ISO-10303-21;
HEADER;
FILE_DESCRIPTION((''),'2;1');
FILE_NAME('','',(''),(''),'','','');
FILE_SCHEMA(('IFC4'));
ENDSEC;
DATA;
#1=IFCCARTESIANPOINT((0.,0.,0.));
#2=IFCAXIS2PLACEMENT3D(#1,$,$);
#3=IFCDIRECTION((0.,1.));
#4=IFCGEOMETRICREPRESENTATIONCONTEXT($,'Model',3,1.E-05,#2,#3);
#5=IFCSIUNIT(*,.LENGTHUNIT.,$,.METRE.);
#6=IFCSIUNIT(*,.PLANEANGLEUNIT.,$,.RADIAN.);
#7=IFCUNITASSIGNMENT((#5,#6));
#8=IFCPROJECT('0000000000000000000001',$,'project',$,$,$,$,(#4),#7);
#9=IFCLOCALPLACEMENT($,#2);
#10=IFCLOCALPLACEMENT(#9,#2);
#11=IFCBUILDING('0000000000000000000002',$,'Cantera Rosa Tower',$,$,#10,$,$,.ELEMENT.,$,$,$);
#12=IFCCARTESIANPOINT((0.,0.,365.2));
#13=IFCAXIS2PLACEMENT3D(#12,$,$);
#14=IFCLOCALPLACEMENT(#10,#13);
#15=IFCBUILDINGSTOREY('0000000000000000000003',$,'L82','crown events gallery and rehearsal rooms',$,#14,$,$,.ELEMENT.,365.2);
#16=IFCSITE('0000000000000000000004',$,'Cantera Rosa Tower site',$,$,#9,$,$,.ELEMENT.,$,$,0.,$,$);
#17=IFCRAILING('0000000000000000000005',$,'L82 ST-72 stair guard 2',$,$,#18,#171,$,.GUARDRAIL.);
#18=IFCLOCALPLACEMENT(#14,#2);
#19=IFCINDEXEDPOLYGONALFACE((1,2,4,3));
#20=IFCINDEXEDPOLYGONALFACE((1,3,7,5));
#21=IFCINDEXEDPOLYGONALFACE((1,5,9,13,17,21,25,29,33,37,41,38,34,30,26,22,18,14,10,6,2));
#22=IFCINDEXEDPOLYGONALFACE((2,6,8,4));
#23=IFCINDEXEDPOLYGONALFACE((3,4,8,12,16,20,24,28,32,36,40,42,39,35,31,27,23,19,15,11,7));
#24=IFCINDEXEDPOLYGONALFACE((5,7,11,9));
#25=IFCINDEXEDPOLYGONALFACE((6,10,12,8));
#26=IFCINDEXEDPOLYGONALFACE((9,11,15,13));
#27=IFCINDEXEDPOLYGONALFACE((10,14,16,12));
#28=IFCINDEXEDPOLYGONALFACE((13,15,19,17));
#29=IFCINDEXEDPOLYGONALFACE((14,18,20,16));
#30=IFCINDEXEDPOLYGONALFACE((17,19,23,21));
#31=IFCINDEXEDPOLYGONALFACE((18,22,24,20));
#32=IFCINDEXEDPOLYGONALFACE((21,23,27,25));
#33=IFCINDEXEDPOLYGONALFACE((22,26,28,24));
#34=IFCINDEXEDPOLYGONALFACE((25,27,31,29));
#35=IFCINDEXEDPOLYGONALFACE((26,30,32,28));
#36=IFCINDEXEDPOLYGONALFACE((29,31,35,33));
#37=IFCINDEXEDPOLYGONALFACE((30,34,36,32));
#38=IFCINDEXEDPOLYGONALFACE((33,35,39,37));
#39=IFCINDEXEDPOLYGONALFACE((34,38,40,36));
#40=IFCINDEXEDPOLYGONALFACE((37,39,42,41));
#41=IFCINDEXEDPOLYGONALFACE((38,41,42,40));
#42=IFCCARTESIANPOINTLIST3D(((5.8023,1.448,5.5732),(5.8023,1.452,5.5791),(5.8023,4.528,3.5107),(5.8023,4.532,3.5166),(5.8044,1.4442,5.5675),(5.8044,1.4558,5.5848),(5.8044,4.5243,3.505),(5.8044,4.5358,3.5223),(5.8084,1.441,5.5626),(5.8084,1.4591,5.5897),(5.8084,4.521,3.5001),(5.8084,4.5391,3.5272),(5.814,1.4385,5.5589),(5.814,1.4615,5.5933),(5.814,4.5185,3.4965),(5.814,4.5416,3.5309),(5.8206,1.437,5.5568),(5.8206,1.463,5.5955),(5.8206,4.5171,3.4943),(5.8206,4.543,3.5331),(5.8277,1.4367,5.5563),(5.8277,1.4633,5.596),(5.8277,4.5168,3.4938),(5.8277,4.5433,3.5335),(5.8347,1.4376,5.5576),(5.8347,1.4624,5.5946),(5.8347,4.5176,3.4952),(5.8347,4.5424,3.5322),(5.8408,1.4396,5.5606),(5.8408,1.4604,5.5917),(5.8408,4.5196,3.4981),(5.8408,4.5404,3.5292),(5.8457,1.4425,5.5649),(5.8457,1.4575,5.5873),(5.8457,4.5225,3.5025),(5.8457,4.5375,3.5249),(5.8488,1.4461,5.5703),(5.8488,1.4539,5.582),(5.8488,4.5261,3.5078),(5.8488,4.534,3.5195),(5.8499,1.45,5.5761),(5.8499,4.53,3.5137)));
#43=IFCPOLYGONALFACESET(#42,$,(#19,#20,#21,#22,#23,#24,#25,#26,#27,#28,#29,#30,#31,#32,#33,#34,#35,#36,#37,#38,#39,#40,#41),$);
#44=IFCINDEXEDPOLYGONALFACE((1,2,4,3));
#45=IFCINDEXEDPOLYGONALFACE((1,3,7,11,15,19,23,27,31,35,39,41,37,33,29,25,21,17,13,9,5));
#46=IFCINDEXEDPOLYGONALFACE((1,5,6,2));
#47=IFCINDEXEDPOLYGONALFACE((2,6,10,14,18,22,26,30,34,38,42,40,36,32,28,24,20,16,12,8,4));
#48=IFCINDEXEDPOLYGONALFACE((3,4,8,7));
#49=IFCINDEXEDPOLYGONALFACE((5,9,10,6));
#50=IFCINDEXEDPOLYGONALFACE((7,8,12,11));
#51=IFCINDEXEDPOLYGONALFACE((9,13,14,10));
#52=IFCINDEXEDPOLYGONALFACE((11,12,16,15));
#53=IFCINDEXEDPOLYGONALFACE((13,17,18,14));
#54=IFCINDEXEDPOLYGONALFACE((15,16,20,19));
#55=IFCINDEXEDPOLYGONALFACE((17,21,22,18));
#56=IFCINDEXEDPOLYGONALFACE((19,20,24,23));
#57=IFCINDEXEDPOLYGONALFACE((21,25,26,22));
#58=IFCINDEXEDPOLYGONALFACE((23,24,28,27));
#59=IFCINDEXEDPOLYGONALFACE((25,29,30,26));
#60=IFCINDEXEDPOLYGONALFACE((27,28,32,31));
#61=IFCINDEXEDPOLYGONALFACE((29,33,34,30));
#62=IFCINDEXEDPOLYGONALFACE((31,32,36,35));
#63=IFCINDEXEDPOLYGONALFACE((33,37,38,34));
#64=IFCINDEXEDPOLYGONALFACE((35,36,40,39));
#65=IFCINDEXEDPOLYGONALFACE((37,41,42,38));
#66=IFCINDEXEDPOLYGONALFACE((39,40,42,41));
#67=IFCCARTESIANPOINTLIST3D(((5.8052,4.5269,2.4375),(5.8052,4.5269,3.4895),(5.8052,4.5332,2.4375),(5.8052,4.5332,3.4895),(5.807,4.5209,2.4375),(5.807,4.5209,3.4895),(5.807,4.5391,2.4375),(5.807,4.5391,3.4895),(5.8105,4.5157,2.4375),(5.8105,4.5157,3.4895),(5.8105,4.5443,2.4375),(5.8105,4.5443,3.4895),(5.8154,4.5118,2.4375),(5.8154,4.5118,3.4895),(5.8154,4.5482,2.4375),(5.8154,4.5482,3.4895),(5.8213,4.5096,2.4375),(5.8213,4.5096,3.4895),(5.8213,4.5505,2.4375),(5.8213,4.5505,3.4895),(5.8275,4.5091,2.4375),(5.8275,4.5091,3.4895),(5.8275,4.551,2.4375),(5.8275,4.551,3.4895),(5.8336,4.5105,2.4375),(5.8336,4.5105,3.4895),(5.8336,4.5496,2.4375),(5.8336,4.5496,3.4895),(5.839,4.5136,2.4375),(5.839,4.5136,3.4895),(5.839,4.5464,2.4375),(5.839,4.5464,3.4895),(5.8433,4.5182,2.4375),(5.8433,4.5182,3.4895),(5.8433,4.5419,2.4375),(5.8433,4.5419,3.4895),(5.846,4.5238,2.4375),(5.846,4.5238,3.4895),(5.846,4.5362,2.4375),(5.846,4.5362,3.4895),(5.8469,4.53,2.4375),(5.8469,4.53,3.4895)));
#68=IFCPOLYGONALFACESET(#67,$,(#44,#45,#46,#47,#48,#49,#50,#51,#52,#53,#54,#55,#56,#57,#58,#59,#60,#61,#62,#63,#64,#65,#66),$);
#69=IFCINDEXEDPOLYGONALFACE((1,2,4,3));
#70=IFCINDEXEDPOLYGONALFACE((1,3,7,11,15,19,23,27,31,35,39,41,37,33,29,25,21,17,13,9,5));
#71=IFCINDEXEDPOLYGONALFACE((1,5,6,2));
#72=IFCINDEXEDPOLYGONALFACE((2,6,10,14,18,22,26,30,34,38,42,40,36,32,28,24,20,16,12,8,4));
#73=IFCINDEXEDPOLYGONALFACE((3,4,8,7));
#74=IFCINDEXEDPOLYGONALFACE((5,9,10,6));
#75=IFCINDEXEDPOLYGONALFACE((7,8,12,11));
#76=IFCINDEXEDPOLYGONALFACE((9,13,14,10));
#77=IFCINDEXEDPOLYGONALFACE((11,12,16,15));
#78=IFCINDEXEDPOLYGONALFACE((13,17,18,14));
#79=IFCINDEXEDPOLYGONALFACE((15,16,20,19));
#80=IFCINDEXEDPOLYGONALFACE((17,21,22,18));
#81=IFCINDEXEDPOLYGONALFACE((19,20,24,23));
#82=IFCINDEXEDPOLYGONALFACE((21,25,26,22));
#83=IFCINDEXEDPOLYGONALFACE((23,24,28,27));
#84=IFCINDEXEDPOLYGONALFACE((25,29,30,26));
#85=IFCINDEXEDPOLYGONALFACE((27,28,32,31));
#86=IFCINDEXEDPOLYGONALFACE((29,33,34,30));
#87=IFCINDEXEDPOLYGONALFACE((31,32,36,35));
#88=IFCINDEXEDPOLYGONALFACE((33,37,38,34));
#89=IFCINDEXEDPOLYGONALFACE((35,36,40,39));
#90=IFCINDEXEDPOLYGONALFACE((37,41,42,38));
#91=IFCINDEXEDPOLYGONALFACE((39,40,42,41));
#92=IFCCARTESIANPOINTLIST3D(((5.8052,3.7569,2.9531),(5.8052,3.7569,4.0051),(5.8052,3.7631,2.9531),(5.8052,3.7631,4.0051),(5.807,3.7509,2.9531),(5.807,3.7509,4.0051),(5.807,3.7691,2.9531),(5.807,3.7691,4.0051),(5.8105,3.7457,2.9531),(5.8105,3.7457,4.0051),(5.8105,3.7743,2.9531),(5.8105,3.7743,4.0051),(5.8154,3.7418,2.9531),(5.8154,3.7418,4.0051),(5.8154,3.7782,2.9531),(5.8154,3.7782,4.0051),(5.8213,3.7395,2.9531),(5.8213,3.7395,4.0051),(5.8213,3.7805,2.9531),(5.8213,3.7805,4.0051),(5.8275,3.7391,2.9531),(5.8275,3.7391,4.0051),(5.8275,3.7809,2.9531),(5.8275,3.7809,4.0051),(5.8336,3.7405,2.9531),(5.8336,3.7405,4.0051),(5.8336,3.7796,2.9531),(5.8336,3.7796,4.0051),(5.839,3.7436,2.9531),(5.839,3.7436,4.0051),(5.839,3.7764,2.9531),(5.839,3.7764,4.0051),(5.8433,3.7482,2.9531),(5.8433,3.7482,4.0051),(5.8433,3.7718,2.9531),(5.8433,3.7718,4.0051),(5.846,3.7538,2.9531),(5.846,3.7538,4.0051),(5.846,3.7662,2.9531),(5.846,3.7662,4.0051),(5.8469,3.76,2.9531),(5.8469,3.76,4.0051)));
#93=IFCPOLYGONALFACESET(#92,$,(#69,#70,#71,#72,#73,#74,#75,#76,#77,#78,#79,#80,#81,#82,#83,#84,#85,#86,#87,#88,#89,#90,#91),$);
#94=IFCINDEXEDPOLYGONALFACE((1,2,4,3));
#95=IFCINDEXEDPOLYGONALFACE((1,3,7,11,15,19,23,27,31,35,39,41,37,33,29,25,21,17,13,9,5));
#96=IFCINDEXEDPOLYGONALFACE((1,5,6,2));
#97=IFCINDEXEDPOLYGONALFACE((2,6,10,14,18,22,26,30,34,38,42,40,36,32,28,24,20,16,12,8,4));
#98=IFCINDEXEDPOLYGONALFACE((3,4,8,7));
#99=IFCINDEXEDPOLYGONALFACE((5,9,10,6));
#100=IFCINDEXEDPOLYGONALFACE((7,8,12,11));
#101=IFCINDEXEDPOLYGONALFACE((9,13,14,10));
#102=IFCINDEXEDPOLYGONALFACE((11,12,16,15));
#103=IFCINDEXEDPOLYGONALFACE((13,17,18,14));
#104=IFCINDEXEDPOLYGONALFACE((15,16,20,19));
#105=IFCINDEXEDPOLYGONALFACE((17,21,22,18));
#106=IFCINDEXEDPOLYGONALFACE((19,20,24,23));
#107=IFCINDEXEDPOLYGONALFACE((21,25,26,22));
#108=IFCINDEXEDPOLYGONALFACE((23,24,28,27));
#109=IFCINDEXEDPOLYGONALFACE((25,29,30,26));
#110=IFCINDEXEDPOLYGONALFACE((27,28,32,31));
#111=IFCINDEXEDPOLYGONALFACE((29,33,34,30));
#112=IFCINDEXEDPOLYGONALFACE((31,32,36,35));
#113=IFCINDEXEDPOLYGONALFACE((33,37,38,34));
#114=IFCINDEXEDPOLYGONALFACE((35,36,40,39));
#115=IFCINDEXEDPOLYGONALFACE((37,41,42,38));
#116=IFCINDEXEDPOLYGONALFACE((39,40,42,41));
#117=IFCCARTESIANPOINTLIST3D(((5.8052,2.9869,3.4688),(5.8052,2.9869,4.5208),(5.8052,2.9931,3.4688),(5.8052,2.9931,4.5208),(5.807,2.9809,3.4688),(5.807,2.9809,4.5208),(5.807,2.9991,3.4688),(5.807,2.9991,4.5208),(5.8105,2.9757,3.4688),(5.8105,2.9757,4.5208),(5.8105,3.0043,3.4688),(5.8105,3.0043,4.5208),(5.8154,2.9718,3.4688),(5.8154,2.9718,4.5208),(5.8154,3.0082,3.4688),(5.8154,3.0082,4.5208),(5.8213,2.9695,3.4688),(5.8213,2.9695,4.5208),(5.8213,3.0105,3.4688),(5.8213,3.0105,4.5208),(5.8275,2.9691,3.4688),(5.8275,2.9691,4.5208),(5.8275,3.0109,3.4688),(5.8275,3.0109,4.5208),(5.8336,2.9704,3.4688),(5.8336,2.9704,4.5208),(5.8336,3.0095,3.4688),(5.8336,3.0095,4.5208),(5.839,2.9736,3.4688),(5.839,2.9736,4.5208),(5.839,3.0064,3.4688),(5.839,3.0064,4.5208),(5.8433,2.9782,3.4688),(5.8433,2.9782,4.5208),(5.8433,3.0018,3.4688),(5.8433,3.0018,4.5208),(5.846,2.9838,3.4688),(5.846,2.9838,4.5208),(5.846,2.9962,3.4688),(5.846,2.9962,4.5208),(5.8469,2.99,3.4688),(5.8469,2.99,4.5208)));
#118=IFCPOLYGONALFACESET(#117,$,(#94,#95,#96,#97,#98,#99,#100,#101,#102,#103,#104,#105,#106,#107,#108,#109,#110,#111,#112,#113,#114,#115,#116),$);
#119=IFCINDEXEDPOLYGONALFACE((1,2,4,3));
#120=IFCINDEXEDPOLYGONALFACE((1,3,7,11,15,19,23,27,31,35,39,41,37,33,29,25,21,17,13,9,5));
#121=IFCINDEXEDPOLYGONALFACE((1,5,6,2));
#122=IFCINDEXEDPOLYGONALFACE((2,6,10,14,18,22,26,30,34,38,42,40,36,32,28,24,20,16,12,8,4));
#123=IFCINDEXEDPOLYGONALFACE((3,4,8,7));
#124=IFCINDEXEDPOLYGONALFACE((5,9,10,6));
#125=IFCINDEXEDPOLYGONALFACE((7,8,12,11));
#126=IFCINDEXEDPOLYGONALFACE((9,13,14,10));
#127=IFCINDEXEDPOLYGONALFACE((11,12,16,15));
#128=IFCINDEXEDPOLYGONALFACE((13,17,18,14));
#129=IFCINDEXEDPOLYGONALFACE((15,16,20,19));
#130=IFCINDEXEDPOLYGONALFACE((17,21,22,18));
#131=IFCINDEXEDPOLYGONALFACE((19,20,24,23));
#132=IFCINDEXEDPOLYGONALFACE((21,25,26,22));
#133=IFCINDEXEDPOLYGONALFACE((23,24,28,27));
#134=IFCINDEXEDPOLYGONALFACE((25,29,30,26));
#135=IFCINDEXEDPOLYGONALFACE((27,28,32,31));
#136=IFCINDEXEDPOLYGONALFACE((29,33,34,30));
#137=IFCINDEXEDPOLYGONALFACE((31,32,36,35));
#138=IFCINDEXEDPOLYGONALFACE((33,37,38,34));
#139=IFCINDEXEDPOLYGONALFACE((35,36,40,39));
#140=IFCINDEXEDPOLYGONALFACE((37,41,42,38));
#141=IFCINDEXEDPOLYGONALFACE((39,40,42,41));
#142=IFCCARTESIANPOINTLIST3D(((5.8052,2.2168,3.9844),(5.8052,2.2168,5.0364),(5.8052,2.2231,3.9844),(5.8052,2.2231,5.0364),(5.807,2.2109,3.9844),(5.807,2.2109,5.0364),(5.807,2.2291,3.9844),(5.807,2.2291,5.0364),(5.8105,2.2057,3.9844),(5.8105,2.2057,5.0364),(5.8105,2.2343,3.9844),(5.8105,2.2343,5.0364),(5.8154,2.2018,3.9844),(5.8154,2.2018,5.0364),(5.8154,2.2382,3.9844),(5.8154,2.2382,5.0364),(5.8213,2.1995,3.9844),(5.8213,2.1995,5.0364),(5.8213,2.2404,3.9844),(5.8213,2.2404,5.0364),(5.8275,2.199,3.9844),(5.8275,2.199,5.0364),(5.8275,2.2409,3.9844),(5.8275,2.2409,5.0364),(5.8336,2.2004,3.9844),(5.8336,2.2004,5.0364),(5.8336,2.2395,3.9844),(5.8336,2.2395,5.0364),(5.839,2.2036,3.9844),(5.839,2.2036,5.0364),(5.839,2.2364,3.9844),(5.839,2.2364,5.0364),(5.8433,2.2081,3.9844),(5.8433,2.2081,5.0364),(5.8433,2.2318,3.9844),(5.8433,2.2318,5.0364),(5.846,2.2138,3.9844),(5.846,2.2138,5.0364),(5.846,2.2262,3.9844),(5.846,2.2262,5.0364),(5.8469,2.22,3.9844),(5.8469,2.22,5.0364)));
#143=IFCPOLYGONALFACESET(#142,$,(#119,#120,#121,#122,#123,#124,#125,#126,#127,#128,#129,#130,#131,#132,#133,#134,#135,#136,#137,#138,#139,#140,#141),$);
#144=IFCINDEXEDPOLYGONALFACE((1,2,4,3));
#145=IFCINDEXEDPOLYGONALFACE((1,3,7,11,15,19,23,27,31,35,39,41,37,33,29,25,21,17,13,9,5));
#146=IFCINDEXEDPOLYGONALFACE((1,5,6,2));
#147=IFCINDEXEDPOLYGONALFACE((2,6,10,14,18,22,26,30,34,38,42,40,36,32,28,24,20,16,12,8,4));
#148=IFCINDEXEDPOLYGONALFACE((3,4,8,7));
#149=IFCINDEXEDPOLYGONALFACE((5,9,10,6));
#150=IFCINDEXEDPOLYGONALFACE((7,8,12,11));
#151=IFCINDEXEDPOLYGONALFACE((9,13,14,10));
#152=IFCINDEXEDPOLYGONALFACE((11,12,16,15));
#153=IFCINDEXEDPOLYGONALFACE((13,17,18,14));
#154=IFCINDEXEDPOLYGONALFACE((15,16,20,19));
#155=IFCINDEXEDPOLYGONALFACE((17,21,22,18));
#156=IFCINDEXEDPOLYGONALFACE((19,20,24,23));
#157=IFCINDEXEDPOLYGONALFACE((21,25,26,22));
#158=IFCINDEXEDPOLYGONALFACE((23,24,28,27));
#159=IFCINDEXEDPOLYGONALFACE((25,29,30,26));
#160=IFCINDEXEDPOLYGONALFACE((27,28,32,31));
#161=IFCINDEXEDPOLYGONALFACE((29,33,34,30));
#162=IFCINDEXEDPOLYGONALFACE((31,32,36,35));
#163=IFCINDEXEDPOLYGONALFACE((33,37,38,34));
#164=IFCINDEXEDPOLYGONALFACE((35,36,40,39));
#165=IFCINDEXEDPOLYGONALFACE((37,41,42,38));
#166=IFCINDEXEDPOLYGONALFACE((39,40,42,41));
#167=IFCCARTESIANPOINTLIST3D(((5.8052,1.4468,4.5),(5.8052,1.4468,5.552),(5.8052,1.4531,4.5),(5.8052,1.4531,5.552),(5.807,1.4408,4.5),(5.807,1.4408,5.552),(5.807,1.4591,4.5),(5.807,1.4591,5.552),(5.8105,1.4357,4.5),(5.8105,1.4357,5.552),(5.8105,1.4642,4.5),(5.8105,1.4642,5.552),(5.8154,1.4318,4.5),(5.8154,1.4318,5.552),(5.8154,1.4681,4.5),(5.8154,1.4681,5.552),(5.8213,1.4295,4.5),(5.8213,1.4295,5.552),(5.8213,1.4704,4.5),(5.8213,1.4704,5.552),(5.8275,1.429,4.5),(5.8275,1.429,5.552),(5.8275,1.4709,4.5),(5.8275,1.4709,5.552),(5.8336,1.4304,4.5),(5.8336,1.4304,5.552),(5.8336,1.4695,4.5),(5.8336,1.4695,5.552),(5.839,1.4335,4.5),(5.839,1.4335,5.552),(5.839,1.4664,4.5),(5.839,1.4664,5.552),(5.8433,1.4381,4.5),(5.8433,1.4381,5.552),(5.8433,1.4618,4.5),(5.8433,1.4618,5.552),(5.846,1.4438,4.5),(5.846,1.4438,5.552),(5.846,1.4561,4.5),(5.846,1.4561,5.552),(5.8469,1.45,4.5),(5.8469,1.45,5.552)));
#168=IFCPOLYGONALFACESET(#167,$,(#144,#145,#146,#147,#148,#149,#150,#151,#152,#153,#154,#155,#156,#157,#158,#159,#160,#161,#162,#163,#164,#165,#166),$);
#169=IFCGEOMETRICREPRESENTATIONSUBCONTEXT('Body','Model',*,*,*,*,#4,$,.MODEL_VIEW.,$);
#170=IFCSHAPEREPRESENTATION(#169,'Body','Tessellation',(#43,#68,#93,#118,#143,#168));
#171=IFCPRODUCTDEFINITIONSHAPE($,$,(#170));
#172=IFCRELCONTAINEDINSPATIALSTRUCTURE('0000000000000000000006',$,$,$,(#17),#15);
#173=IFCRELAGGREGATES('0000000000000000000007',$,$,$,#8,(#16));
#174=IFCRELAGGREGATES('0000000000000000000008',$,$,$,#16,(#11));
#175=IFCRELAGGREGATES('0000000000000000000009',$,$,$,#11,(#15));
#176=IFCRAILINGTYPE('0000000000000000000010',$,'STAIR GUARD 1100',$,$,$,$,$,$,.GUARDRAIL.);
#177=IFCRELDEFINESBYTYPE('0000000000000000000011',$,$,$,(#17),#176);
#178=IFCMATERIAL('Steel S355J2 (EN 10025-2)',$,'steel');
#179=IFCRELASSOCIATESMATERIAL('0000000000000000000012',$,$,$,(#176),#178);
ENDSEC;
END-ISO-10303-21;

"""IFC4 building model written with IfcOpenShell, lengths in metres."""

from ifc_helpers import new_model, si_unit, direction, frame, origin, origin_2d, place, context, subcontext, project, spatial, circle, extrude, material, type_object, element, save


model = new_model("IFC4")

# Units and contexts
model_context = context("Model", 3, precision=1e-05, world=origin(), true_north=direction((0.0, 1.0)))
body_context = subcontext(model_context, "Body", "Model", "MODEL_VIEW")
ifc_project = project(units=[si_unit("LENGTHUNIT", "METRE"), si_unit("PLANEANGLEUNIT", "RADIAN")], contexts=[model_context])

# Site, building, storey
site_placement = place(None, origin())
site = spatial("IfcSite", under=ifc_project, at=site_placement, Name="Cantera Rosa Tower site", CompositionType="ELEMENT", RefElevation=0.0)
building_placement = place(site_placement, origin())
building = spatial("IfcBuilding", under=site, at=building_placement, Name="Cantera Rosa Tower", CompositionType="ELEMENT")
storey_placement = place(building_placement, frame((0.0, 0.0, 365.2)))
storey = spatial("IfcBuildingStorey", under=building, at=storey_placement, Name="L82", Description="crown events gallery and rehearsal rooms", CompositionType="ELEMENT", Elevation=365.2)

# Railing
ifc_material_1 = material(Name="Steel S355J2 (EN 10025-2)", Category="steel")
railing_type_1 = type_object("IfcRailingType", Name="STAIR GUARD 1100", PredefinedType="GUARDRAIL", material=ifc_material_1)
railing_1_placement = place(storey_placement, frame((5.8259, 4.53, 2.4375)))
element("IfcRailing", 1, at=railing_1_placement, inside=storey, type_object=railing_type_1, Name="L82 ST-72 stair guard 2", PredefinedType="GUARDRAIL", context=body_context, shape_type="SweptSolid", body=[
    extrude(circle(Radius=0.0239, at=origin_2d()), frame((0.0, 0.0, 1.0762), z_axis=(0.0, -0.830914, 0.556401), x_axis=(1.0, 0.0, 0.0)), (0.0, 0.0, 1.0), 3.7068),
    extrude(circle(Radius=0.021, at=origin_2d()), origin(), (0.0, 0.0, 1.0), 1.052),
    extrude(circle(Radius=0.021, at=origin_2d()), frame((0.0, -0.77, 0.5156)), (0.0, 0.0, 1.0), 1.052),
    extrude(circle(Radius=0.021, at=origin_2d()), frame((0.0, -1.54, 1.0312)), (0.0, 0.0, 1.0), 1.052),
    extrude(circle(Radius=0.021, at=origin_2d()), frame((0.0, -2.3101, 1.5469)), (0.0, 0.0, 1.0), 1.052),
    extrude(circle(Radius=0.021, at=origin_2d()), frame((0.0, -3.0801, 2.0625)), (0.0, 0.0, 1.0), 1.052),
])

save(model, "model.ifc")
